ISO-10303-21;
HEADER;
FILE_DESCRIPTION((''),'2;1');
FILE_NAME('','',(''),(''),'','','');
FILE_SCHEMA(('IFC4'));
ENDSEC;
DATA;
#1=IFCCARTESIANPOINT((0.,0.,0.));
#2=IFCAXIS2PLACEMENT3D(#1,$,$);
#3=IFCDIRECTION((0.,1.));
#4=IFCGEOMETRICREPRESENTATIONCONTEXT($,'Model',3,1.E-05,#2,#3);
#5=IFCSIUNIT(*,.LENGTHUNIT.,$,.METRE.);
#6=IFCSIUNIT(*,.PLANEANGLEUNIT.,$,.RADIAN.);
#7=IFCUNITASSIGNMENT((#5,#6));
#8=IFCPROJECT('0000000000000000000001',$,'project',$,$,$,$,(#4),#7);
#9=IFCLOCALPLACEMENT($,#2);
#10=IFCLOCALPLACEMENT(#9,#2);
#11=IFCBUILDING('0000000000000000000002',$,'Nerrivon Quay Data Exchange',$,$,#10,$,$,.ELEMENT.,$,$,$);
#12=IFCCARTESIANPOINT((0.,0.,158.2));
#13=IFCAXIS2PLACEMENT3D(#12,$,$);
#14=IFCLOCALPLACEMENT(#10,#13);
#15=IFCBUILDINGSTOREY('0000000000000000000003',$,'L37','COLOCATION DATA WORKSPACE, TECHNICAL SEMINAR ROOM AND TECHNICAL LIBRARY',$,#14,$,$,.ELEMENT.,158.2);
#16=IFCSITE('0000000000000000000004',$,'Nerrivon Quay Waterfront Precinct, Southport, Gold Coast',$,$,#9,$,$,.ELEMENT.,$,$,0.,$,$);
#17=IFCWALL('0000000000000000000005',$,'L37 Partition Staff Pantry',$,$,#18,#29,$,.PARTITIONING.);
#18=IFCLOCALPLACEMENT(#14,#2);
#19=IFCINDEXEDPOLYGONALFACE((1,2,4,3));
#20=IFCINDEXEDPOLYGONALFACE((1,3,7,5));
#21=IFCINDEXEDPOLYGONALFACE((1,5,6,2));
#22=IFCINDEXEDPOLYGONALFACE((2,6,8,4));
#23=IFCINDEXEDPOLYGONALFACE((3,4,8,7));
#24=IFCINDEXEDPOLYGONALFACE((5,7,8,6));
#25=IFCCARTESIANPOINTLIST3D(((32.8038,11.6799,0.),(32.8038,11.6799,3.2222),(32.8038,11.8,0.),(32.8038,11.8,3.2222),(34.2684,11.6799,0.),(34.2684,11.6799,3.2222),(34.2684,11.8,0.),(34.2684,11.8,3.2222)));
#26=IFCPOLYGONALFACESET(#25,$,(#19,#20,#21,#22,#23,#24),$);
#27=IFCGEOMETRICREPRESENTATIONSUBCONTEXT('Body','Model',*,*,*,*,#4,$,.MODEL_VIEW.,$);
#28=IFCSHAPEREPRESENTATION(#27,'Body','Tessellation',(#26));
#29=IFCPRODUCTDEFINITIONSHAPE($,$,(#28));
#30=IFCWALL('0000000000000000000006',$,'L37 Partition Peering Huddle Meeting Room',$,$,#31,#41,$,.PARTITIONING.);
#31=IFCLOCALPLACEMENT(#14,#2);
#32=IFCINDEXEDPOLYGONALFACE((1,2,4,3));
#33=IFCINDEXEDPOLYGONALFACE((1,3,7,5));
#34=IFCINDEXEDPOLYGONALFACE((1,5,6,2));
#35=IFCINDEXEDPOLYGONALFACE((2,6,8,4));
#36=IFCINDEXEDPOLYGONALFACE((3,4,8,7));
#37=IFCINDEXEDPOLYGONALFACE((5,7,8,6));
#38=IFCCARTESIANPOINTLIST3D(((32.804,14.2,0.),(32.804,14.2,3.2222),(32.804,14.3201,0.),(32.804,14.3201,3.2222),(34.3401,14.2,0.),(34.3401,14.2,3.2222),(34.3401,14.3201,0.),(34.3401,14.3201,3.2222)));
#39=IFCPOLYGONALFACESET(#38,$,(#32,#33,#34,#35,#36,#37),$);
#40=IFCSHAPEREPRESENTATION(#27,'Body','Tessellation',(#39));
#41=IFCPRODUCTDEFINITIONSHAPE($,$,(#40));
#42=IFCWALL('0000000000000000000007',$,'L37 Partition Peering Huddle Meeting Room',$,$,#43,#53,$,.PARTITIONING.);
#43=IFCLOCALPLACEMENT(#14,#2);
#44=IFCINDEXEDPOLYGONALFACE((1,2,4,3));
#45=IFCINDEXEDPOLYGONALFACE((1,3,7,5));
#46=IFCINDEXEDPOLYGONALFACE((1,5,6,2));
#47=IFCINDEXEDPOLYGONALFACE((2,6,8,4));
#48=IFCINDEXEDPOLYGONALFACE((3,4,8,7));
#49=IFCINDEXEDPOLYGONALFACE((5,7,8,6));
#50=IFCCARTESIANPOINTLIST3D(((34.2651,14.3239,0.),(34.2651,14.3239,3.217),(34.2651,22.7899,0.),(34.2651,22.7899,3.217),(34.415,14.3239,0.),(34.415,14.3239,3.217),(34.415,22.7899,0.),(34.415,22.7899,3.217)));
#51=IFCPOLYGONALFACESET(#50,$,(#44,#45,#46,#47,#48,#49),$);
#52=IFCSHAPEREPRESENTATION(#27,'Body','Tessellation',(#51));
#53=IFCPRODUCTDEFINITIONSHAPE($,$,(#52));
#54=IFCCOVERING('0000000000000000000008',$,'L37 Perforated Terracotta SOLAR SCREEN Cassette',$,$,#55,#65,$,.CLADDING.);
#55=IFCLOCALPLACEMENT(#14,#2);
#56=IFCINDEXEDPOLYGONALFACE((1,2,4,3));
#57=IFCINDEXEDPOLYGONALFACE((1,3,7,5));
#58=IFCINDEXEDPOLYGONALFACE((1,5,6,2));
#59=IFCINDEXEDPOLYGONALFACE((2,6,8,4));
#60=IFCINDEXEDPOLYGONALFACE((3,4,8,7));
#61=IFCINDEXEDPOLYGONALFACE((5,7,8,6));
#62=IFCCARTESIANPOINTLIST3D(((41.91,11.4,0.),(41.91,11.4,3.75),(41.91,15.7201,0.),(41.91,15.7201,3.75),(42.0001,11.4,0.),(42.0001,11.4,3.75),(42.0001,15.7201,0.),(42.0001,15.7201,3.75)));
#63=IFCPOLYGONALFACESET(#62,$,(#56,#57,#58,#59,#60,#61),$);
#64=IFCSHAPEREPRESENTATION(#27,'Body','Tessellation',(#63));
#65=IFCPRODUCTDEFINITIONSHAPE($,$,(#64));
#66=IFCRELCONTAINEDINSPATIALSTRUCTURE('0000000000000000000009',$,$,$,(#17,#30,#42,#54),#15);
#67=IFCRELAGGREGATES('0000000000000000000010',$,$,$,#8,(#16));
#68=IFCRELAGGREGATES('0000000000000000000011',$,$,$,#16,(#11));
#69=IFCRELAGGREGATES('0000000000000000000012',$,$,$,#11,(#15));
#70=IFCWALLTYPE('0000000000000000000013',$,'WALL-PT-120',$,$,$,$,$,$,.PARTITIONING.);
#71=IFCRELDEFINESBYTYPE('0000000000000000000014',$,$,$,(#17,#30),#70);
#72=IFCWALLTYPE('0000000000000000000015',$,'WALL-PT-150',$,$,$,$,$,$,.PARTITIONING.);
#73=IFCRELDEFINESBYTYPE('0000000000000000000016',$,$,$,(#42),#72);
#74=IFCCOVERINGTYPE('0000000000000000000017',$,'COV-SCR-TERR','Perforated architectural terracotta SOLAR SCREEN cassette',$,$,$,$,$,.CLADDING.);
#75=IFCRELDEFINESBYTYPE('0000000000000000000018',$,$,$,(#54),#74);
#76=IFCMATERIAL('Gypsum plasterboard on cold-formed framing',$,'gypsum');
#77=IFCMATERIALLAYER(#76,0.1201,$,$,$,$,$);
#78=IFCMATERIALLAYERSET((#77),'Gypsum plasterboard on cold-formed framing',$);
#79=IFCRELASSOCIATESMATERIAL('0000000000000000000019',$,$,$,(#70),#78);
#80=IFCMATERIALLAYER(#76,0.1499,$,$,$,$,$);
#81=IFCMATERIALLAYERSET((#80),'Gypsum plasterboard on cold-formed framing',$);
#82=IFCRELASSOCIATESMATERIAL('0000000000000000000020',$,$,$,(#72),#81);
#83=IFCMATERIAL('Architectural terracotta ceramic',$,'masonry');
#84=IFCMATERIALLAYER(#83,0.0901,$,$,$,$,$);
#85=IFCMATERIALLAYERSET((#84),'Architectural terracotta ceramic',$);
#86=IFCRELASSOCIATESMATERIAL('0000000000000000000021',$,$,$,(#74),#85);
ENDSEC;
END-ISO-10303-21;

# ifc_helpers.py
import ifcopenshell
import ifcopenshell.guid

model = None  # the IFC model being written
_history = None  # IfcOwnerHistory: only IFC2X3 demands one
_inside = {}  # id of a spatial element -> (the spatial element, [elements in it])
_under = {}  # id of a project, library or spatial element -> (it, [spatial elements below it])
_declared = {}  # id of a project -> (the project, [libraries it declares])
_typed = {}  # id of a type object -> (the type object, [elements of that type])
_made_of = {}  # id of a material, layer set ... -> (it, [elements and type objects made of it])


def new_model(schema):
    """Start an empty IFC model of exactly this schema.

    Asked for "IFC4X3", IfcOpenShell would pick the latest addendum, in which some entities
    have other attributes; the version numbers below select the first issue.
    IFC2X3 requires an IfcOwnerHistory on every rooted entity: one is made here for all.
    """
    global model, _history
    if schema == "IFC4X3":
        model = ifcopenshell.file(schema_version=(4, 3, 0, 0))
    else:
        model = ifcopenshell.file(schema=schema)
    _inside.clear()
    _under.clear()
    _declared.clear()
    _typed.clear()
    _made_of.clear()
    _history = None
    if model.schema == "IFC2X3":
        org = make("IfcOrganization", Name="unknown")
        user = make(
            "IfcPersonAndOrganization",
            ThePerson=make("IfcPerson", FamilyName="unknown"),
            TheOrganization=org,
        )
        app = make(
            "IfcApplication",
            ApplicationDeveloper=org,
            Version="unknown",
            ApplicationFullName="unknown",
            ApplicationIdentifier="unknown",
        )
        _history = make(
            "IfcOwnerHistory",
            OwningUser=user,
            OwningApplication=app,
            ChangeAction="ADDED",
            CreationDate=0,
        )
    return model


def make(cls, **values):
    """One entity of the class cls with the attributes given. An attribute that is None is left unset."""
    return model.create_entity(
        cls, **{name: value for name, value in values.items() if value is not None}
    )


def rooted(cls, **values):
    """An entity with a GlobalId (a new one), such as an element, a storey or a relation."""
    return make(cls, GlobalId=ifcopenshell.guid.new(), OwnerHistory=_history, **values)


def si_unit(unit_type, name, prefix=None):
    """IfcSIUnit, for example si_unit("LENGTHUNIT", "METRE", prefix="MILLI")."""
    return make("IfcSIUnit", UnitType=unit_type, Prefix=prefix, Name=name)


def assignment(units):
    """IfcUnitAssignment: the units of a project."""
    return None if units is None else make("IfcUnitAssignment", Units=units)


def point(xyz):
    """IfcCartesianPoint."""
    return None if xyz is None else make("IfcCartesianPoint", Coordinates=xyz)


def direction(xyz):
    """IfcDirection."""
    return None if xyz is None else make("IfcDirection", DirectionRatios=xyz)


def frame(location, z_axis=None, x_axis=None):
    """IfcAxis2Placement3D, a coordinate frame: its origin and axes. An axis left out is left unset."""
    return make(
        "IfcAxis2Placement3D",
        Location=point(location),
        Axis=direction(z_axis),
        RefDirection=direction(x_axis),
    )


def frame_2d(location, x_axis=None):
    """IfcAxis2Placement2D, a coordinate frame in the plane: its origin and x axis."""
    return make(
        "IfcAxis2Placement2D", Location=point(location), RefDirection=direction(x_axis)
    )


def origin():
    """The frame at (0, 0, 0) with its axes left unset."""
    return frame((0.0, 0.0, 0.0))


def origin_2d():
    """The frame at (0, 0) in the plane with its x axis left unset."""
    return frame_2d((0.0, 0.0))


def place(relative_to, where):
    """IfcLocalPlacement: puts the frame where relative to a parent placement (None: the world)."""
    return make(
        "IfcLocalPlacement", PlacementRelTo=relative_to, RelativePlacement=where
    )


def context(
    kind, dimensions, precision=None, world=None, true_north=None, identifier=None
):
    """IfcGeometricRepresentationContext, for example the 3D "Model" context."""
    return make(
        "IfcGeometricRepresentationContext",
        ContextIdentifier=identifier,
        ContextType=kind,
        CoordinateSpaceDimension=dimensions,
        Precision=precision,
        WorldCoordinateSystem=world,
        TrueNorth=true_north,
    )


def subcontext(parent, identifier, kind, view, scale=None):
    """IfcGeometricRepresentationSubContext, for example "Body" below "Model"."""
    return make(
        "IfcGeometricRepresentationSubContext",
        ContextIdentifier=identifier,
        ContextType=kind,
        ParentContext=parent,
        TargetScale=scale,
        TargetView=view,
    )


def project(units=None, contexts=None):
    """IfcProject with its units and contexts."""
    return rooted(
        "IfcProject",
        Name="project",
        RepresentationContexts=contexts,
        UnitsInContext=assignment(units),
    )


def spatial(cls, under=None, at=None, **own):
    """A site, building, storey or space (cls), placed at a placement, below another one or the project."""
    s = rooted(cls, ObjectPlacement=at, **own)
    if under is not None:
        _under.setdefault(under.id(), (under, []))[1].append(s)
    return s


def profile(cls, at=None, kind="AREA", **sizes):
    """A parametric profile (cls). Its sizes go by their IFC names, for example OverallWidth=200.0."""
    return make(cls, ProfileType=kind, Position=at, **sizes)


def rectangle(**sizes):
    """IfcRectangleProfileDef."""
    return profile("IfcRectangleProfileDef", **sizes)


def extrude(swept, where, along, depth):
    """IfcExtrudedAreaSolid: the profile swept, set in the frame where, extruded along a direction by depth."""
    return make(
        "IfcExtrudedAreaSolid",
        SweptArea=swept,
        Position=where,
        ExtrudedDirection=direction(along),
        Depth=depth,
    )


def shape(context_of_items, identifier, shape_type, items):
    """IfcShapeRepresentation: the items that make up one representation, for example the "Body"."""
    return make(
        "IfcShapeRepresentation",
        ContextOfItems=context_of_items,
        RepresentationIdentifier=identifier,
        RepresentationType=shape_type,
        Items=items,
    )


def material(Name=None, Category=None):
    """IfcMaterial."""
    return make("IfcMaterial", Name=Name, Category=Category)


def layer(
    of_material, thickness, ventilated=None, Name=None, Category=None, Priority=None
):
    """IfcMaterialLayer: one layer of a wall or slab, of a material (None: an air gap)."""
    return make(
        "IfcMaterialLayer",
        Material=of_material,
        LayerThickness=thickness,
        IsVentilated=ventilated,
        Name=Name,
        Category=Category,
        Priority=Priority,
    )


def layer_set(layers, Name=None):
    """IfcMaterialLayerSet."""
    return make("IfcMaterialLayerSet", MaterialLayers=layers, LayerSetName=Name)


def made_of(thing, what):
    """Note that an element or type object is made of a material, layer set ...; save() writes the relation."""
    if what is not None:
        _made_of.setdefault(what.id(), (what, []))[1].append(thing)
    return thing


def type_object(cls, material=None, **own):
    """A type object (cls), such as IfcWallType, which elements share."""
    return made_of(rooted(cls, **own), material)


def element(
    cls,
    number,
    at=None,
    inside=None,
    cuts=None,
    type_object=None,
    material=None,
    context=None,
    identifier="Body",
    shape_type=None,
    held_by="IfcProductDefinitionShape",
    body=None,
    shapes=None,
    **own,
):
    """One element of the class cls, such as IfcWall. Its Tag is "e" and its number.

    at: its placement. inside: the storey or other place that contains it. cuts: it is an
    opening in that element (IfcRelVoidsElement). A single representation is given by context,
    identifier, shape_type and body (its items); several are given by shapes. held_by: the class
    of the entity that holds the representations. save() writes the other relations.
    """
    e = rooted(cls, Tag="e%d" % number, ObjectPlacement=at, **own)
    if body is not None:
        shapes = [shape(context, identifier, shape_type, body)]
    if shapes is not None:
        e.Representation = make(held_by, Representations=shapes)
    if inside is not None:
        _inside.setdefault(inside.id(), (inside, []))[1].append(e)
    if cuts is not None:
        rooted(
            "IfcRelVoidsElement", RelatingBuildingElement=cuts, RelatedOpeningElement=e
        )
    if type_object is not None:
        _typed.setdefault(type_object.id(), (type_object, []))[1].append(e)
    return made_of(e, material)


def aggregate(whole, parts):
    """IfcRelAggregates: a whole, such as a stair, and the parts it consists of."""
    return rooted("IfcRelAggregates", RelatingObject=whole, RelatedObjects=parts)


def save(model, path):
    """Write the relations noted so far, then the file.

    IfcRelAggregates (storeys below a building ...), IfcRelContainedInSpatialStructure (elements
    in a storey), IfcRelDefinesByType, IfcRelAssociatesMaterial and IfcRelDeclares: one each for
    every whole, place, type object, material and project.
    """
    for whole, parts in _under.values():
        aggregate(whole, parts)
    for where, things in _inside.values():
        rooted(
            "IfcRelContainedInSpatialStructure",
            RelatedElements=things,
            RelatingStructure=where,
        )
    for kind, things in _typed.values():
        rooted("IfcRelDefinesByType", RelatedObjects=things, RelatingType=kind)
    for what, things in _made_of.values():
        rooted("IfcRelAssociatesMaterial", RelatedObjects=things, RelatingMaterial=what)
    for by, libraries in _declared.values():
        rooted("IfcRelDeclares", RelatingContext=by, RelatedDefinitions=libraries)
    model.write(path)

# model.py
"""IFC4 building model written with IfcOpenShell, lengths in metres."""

from ifc_helpers import new_model, si_unit, direction, frame, frame_2d, origin, origin_2d, place, context, subcontext, project, spatial, rectangle, extrude, material, layer, layer_set, type_object, element, save


model = new_model("IFC4")

# Units and contexts
model_context = context("Model", 3, precision=1e-05, world=origin(), true_north=direction((0.0, 1.0)))
body_context = subcontext(model_context, "Body", "Model", "MODEL_VIEW")
ifc_project = project(units=[si_unit("LENGTHUNIT", "METRE"), si_unit("PLANEANGLEUNIT", "RADIAN")], contexts=[model_context])

# Site, building, storey
site_placement = place(None, origin())
site = spatial("IfcSite", under=ifc_project, at=site_placement, Name="Nerrivon Quay Waterfront Precinct, Southport, Gold Coast", CompositionType="ELEMENT", RefElevation=0.0)
building_placement = place(site_placement, origin())
building = spatial("IfcBuilding", under=site, at=building_placement, Name="Nerrivon Quay Data Exchange", CompositionType="ELEMENT")
storey_placement = place(building_placement, frame((0.0, 0.0, 158.2)))
storey = spatial("IfcBuildingStorey", under=building, at=storey_placement, Name="L37", Description="COLOCATION DATA WORKSPACE, TECHNICAL SEMINAR ROOM AND TECHNICAL LIBRARY", CompositionType="ELEMENT", Elevation=158.2)

# Shared definitions
ifc_material_1 = material(Name="Gypsum plasterboard on cold-formed framing", Category="gypsum")

# Walls
ifc_layer_1 = layer(ifc_material_1, 0.1201)
ifc_layer_set_1 = layer_set([ifc_layer_1], Name="Gypsum plasterboard on cold-formed framing")
wall_type_1 = type_object("IfcWallType", Name="WALL-PT-120", PredefinedType="PARTITIONING", material=ifc_layer_set_1)
wall_1_placement = place(storey_placement, frame((34.2686, 11.74, 0.0), z_axis=(0.0, 0.0, 1.0), x_axis=(-1.0, 0.0, 0.0)))
element("IfcWall", 1, at=wall_1_placement, inside=storey, type_object=wall_type_1, Name="L37 Partition Staff Pantry", PredefinedType="PARTITIONING", context=body_context, shape_type="SweptSolid", body=[
    extrude(rectangle(XDim=1.4646, YDim=0.1201, at=frame_2d((0.7324, 0.0))), origin(), (0.0, 0.0, 1.0), 3.2222),
])
wall_2_placement = place(storey_placement, frame((32.804, 14.26, 0.0), z_axis=(0.0, 0.0, 1.0), x_axis=(1.0, 0.0, 0.0)))
element("IfcWall", 2, at=wall_2_placement, inside=storey, type_object=wall_type_1, Name="L37 Partition Peering Huddle Meeting Room", PredefinedType="PARTITIONING", context=body_context, shape_type="SweptSolid", body=[
    extrude(rectangle(XDim=1.5361, YDim=0.1201, at=frame_2d((0.7681, 0.0))), origin(), (0.0, 0.0, 1.0), 3.2222),
])
ifc_layer_2 = layer(ifc_material_1, 0.1499)
ifc_layer_set_2 = layer_set([ifc_layer_2], Name="Gypsum plasterboard on cold-formed framing")
wall_type_2 = type_object("IfcWallType", Name="WALL-PT-150", PredefinedType="PARTITIONING", material=ifc_layer_set_2)
wall_3_placement = place(storey_placement, frame((34.3401, 14.324, 0.0), z_axis=(0.0, 0.0, 1.0), x_axis=(0.0, 1.0, 0.0)))
element("IfcWall", 3, at=wall_3_placement, inside=storey, type_object=wall_type_2, Name="L37 Partition Peering Huddle Meeting Room", PredefinedType="PARTITIONING", context=body_context, shape_type="SweptSolid", body=[
    extrude(rectangle(XDim=8.4661, YDim=0.1499, at=frame_2d((4.2329, 0.0))), origin(), (0.0, 0.0, 1.0), 3.217),
])

# Covering
ifc_material_2 = material(Name="Architectural terracotta ceramic", Category="masonry")
ifc_layer_3 = layer(ifc_material_2, 0.0901)
ifc_layer_set_3 = layer_set([ifc_layer_3], Name="Architectural terracotta ceramic")
covering_type = type_object("IfcCoveringType", Name="COV-SCR-TERR", Description="Perforated architectural terracotta SOLAR SCREEN cassette", PredefinedType="CLADDING", material=ifc_layer_set_3)
covering_placement = place(storey_placement, frame((41.9551, 13.5601, 0.0), z_axis=(0.0, 0.0, 1.0), x_axis=(0.0, -1.0, 0.0)))
element("IfcCovering", 4, at=covering_placement, inside=storey, type_object=covering_type, Name="L37 Perforated Terracotta SOLAR SCREEN Cassette", PredefinedType="CLADDING", context=body_context, shape_type="SweptSolid", body=[
    extrude(rectangle(XDim=4.3201, YDim=0.0901, at=origin_2d()), origin(), (0.0, 0.0, 1.0), 3.75),
])

save(model, "model.ifc")
